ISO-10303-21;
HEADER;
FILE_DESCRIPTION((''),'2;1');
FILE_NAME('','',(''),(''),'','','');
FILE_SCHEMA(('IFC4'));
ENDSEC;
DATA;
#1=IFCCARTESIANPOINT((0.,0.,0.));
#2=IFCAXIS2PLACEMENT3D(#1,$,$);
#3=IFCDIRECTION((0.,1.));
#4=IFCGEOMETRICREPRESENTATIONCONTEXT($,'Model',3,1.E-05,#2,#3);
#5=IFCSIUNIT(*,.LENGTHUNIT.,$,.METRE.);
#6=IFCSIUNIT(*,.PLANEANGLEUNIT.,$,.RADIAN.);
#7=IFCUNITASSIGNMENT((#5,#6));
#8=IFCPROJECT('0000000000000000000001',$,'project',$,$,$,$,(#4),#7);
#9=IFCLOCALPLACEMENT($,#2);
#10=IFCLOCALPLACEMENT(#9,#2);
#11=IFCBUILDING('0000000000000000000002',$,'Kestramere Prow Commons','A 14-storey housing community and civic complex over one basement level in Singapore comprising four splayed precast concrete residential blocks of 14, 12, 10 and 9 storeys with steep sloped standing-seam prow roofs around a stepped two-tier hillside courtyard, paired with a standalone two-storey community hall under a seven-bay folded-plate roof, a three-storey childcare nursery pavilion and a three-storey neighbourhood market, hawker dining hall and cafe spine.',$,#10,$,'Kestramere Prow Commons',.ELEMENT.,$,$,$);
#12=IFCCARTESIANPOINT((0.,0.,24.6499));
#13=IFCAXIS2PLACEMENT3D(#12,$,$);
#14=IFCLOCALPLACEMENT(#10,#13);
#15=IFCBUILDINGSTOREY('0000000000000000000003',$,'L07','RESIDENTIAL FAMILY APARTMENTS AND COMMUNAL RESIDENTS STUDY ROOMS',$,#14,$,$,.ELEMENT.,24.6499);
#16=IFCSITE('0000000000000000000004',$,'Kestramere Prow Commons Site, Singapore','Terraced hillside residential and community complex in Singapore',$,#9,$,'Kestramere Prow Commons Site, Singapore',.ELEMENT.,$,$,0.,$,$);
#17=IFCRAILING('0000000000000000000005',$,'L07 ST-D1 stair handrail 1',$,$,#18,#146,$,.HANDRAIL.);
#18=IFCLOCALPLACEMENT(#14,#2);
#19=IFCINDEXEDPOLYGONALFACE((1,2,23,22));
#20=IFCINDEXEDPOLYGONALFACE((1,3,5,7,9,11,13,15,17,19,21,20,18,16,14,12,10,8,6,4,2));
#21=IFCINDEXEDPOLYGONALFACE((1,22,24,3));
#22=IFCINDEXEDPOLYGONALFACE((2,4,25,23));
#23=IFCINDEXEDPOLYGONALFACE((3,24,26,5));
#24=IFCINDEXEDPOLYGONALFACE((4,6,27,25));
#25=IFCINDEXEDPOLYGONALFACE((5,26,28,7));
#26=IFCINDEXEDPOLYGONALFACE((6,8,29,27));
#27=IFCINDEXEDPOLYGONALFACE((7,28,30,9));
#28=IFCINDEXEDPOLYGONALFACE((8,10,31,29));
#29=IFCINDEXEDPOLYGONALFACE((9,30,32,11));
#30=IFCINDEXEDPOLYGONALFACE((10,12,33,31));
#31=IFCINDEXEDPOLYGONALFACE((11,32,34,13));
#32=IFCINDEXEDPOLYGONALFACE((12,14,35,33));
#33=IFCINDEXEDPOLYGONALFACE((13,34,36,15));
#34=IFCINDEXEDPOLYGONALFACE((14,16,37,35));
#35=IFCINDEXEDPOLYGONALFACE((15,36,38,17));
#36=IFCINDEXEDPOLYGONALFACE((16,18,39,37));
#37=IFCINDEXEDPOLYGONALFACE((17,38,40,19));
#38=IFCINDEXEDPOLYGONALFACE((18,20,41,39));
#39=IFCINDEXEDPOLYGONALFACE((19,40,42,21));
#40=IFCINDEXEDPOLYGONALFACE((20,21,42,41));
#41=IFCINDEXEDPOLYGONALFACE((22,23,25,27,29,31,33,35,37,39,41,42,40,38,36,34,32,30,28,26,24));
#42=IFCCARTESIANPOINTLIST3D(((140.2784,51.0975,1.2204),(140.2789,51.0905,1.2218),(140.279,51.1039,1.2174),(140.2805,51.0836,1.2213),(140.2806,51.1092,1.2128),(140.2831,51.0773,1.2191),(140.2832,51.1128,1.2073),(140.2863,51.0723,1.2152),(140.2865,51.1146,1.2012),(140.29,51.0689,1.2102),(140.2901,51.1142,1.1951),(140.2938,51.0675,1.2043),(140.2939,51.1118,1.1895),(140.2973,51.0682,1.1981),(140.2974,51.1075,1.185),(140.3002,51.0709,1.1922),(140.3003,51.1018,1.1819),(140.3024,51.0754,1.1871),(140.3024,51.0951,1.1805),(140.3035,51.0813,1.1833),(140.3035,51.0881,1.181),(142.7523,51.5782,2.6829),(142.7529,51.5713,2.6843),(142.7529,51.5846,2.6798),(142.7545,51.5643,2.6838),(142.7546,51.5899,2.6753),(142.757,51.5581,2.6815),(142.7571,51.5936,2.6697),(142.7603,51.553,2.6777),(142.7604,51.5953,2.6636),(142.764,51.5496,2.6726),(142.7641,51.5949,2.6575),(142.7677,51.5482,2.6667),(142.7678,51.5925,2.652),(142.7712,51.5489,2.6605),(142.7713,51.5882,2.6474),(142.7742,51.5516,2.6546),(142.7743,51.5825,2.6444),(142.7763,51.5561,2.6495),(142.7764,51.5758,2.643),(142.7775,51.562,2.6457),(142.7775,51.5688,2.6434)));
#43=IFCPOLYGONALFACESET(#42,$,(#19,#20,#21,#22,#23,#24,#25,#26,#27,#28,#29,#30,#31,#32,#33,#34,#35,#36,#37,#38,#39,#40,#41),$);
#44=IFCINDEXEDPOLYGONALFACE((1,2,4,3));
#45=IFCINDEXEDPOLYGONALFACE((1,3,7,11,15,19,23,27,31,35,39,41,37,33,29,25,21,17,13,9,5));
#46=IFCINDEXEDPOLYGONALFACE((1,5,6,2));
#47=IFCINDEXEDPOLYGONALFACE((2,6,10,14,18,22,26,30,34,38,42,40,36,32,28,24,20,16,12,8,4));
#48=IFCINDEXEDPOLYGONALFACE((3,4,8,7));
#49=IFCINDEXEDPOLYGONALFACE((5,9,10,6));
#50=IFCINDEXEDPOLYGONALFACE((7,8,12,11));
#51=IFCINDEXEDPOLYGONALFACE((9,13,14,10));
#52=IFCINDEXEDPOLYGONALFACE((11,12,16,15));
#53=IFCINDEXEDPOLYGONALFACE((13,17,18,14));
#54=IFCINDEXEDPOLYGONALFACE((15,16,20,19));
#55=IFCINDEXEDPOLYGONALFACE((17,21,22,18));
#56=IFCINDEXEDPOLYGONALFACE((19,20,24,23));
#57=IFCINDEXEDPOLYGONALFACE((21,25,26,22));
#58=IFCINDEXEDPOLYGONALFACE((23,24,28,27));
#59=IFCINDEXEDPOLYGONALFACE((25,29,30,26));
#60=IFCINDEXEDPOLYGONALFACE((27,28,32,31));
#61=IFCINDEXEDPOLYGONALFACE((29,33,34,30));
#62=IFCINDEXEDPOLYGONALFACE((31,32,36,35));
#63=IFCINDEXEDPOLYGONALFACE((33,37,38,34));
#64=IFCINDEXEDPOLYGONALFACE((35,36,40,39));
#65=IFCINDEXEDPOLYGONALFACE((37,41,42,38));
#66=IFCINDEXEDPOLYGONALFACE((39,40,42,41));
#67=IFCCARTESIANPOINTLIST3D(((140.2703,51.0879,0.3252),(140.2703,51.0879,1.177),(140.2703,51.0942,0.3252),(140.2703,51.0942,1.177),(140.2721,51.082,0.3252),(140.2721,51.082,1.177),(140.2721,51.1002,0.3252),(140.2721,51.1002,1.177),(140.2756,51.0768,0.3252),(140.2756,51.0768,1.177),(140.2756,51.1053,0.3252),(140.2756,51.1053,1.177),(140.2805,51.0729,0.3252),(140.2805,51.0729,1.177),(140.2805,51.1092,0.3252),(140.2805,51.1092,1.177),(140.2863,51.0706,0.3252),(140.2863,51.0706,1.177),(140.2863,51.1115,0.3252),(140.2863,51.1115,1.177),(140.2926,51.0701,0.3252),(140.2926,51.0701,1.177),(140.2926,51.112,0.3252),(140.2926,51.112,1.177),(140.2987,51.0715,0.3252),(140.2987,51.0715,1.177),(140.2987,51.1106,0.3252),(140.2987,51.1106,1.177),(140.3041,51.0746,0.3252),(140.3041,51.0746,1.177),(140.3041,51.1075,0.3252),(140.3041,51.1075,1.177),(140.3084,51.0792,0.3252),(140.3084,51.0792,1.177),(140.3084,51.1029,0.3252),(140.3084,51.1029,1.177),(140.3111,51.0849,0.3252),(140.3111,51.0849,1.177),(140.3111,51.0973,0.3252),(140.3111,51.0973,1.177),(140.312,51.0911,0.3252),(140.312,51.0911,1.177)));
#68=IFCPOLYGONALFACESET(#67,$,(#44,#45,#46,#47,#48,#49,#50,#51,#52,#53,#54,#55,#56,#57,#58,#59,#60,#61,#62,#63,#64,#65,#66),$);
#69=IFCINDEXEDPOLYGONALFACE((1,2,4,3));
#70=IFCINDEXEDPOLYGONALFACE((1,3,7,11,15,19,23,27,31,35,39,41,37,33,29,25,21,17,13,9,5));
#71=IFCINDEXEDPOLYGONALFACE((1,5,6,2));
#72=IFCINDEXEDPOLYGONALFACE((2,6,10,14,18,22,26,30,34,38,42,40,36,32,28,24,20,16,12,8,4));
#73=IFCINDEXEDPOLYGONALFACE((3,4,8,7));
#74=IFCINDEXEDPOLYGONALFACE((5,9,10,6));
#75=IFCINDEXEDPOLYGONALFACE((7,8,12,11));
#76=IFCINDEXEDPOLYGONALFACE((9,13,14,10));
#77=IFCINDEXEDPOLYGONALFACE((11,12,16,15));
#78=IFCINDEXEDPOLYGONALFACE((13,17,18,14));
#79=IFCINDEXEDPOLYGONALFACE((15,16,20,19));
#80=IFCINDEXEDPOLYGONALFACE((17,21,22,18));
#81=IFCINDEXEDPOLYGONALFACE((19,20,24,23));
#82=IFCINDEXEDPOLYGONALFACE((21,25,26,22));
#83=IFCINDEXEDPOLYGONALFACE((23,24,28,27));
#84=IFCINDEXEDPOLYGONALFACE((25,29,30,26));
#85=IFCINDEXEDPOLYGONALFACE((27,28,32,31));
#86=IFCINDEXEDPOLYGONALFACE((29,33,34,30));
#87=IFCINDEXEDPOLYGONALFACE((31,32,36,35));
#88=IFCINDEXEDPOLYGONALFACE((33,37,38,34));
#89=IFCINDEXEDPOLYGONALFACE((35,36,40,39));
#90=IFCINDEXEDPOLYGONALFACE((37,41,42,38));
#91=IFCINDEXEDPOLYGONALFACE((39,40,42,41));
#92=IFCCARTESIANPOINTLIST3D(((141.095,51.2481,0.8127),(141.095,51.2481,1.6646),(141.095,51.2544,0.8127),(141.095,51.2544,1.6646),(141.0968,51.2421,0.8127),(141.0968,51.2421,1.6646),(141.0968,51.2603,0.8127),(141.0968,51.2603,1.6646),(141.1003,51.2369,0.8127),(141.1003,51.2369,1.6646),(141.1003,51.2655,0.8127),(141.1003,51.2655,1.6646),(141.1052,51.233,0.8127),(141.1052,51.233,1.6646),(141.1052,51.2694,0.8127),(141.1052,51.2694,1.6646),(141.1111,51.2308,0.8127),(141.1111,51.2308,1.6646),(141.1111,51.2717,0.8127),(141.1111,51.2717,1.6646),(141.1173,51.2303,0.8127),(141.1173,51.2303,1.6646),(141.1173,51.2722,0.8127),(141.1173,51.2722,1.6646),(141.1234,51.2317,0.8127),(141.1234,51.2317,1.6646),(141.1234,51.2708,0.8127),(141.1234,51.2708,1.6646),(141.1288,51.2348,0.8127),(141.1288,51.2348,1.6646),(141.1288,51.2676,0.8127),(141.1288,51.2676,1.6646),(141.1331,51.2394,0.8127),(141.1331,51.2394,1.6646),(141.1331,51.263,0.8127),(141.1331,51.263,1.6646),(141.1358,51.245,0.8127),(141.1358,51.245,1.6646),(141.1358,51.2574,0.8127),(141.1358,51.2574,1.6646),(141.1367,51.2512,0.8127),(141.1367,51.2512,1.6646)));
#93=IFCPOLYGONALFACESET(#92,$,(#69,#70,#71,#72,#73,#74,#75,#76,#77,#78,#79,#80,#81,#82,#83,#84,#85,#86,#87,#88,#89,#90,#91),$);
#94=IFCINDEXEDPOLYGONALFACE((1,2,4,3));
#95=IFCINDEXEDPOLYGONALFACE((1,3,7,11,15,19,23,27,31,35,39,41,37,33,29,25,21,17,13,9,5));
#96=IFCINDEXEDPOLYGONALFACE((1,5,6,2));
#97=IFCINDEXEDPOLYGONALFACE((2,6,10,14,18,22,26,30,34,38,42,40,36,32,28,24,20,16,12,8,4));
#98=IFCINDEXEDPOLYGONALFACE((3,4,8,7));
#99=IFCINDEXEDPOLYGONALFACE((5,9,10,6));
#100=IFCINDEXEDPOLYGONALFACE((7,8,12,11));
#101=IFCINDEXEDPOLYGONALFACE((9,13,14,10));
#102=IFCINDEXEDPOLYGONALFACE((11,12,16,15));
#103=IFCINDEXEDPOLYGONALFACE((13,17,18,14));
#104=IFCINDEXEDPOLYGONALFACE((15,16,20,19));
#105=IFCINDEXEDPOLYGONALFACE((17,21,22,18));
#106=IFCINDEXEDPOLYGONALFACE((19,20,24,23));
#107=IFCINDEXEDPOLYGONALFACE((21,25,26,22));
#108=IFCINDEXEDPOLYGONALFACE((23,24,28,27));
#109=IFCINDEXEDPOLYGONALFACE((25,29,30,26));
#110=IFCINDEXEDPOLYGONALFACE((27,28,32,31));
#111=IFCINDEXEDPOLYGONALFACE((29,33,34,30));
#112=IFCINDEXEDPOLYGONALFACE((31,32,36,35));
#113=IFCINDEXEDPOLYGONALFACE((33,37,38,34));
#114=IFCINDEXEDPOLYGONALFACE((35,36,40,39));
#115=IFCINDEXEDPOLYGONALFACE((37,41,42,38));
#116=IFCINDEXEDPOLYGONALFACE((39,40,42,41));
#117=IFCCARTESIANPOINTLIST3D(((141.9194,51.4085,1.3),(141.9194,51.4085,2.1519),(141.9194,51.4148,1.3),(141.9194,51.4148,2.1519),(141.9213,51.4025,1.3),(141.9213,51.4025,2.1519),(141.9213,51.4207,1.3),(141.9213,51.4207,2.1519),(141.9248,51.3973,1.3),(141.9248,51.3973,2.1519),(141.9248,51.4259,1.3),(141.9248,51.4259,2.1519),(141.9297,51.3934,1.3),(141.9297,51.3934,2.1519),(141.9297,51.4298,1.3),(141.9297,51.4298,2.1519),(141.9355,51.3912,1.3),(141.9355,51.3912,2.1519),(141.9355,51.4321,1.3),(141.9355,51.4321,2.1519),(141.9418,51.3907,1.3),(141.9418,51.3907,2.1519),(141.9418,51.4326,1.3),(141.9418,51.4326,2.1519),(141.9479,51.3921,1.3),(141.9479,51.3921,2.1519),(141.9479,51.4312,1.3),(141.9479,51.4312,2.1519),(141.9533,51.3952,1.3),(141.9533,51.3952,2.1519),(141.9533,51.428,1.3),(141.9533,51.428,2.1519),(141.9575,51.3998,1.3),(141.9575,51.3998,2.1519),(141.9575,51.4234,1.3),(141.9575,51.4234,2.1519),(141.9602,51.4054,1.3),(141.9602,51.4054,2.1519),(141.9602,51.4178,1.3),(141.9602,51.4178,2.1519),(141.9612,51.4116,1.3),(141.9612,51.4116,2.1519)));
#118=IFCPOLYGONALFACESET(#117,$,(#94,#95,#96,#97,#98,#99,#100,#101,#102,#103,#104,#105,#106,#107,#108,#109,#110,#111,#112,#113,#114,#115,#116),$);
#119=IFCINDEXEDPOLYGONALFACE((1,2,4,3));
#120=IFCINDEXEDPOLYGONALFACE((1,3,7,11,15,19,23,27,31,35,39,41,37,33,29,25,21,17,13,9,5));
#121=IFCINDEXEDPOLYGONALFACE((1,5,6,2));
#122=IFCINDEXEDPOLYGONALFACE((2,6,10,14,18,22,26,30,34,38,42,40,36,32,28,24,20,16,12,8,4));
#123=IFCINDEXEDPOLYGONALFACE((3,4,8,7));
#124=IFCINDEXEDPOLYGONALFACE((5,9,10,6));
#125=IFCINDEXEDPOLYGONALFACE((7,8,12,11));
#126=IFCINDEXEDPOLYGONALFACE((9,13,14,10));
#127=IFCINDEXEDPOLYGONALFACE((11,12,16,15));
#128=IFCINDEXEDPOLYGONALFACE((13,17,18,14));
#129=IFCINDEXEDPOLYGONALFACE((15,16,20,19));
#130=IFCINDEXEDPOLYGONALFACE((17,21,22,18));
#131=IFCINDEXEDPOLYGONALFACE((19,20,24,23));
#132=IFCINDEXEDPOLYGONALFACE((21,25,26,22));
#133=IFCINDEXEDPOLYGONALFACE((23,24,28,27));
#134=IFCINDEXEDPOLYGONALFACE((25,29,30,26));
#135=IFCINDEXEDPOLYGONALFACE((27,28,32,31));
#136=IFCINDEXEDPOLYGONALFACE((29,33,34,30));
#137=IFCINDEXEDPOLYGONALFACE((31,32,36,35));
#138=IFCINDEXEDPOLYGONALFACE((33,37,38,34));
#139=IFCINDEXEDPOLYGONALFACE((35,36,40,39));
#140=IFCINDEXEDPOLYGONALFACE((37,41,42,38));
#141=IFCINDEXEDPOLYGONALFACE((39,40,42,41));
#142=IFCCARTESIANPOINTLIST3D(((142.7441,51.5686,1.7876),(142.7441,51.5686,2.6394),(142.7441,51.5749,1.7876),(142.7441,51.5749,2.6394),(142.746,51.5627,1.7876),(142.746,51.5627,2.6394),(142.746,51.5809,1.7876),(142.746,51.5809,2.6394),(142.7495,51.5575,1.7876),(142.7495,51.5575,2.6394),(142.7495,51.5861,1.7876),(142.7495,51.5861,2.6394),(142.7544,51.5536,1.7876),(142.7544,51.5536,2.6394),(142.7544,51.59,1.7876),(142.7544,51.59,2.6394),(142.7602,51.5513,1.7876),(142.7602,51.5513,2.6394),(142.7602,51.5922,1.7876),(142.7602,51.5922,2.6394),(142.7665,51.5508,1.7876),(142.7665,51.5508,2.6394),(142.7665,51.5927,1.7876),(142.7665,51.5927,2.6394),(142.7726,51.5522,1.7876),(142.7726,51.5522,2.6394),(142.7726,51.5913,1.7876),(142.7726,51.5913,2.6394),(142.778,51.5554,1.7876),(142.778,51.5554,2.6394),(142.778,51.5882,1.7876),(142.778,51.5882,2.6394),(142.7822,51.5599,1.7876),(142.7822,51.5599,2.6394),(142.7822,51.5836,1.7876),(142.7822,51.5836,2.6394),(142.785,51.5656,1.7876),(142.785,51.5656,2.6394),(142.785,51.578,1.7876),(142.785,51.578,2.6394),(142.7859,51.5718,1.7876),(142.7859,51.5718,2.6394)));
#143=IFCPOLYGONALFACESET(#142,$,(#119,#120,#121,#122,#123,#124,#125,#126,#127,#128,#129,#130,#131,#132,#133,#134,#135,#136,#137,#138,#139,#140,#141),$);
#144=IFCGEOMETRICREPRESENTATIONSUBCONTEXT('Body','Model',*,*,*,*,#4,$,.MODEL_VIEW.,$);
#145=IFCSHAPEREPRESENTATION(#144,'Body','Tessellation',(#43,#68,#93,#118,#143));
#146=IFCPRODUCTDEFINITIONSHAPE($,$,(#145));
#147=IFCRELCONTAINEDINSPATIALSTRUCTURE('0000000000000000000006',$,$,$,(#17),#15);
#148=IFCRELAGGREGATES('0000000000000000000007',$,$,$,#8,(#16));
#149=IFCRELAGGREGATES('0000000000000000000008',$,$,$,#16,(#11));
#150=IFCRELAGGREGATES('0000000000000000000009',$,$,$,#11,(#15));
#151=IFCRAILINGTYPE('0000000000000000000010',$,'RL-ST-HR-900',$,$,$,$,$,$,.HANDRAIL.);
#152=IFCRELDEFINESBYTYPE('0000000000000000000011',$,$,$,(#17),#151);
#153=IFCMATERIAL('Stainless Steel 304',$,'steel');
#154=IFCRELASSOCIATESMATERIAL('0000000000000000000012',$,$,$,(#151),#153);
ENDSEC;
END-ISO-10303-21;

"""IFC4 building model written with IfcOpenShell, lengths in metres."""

from ifc_helpers import new_model, si_unit, direction, frame, origin, origin_2d, place, context, subcontext, project, spatial, circle, extrude, material, type_object, element, save


model = new_model("IFC4")

# Units and contexts
model_context = context("Model", 3, precision=1e-05, world=origin(), true_north=direction((0.0, 1.0)))
body_context = subcontext(model_context, "Body", "Model", "MODEL_VIEW")
ifc_project = project(units=[si_unit("LENGTHUNIT", "METRE"), si_unit("PLANEANGLEUNIT", "RADIAN")], contexts=[model_context])

# Site, building, storey
site_placement = place(None, origin())
site = spatial("IfcSite", under=ifc_project, at=site_placement, Name="Kestramere Prow Commons Site, Singapore", Description="Terraced hillside residential and community complex in Singapore", LongName="Kestramere Prow Commons Site, Singapore", CompositionType="ELEMENT", RefElevation=0.0)
building_placement = place(site_placement, origin())
building = spatial("IfcBuilding", under=site, at=building_placement, Name="Kestramere Prow Commons", Description="A 14-storey housing community and civic complex over one basement level in Singapore comprising four splayed precast concrete residential blocks of 14, 12, 10 and 9 storeys with steep sloped standing-seam prow roofs around a stepped two-tier hillside courtyard, paired with a standalone two-storey community hall under a seven-bay folded-plate roof, a three-storey childcare nursery pavilion and a three-storey neighbourhood market, hawker dining hall and cafe spine.", LongName="Kestramere Prow Commons", CompositionType="ELEMENT")
storey_placement = place(building_placement, frame((0.0, 0.0, 24.6499)))
storey = spatial("IfcBuildingStorey", under=building, at=storey_placement, Name="L07", Description="RESIDENTIAL FAMILY APARTMENTS AND COMMUNAL RESIDENTS STUDY ROOMS", CompositionType="ELEMENT", Elevation=24.6499)

# Railing
ifc_material_1 = material(Name="Stainless Steel 304", Category="steel")
railing_type_1 = type_object("IfcRailingType", Name="RL-ST-HR-900", PredefinedType="HANDRAIL", material=ifc_material_1)
railing_1_placement = place(storey_placement, frame((140.291, 51.0911, 0.3252)))
element("IfcRailing", 1, at=railing_1_placement, inside=storey, type_object=railing_type_1, Name="L07 ST-D1 stair handrail 1", PredefinedType="HANDRAIL", context=body_context, shape_type="SweptSolid", body=[
    extrude(circle(Radius=0.0239, at=origin_2d()), frame((0.0, 0.0, 0.876), z_axis=(0.849044, 0.164982, 0.501902), x_axis=(-0.190748, 0.981639, 0.0)), (0.0, 0.0, 1.0), 2.9138),
    extrude(circle(Radius=0.021, at=origin_2d()), origin(), (0.0, 0.0, 1.0), 0.8518),
    extrude(circle(Radius=0.021, at=origin_2d()), frame((0.8247, 0.1602, 0.4875)), (0.0, 0.0, 1.0), 0.8518),
    extrude(circle(Radius=0.021, at=origin_2d()), frame((1.6492, 0.3206, 0.9749)), (0.0, 0.0, 1.0), 0.8518),
    extrude(circle(Radius=0.021, at=origin_2d()), frame((2.4739, 0.4807, 1.4624)), (0.0, 0.0, 1.0), 0.8518),
])

save(model, "model.ifc")
